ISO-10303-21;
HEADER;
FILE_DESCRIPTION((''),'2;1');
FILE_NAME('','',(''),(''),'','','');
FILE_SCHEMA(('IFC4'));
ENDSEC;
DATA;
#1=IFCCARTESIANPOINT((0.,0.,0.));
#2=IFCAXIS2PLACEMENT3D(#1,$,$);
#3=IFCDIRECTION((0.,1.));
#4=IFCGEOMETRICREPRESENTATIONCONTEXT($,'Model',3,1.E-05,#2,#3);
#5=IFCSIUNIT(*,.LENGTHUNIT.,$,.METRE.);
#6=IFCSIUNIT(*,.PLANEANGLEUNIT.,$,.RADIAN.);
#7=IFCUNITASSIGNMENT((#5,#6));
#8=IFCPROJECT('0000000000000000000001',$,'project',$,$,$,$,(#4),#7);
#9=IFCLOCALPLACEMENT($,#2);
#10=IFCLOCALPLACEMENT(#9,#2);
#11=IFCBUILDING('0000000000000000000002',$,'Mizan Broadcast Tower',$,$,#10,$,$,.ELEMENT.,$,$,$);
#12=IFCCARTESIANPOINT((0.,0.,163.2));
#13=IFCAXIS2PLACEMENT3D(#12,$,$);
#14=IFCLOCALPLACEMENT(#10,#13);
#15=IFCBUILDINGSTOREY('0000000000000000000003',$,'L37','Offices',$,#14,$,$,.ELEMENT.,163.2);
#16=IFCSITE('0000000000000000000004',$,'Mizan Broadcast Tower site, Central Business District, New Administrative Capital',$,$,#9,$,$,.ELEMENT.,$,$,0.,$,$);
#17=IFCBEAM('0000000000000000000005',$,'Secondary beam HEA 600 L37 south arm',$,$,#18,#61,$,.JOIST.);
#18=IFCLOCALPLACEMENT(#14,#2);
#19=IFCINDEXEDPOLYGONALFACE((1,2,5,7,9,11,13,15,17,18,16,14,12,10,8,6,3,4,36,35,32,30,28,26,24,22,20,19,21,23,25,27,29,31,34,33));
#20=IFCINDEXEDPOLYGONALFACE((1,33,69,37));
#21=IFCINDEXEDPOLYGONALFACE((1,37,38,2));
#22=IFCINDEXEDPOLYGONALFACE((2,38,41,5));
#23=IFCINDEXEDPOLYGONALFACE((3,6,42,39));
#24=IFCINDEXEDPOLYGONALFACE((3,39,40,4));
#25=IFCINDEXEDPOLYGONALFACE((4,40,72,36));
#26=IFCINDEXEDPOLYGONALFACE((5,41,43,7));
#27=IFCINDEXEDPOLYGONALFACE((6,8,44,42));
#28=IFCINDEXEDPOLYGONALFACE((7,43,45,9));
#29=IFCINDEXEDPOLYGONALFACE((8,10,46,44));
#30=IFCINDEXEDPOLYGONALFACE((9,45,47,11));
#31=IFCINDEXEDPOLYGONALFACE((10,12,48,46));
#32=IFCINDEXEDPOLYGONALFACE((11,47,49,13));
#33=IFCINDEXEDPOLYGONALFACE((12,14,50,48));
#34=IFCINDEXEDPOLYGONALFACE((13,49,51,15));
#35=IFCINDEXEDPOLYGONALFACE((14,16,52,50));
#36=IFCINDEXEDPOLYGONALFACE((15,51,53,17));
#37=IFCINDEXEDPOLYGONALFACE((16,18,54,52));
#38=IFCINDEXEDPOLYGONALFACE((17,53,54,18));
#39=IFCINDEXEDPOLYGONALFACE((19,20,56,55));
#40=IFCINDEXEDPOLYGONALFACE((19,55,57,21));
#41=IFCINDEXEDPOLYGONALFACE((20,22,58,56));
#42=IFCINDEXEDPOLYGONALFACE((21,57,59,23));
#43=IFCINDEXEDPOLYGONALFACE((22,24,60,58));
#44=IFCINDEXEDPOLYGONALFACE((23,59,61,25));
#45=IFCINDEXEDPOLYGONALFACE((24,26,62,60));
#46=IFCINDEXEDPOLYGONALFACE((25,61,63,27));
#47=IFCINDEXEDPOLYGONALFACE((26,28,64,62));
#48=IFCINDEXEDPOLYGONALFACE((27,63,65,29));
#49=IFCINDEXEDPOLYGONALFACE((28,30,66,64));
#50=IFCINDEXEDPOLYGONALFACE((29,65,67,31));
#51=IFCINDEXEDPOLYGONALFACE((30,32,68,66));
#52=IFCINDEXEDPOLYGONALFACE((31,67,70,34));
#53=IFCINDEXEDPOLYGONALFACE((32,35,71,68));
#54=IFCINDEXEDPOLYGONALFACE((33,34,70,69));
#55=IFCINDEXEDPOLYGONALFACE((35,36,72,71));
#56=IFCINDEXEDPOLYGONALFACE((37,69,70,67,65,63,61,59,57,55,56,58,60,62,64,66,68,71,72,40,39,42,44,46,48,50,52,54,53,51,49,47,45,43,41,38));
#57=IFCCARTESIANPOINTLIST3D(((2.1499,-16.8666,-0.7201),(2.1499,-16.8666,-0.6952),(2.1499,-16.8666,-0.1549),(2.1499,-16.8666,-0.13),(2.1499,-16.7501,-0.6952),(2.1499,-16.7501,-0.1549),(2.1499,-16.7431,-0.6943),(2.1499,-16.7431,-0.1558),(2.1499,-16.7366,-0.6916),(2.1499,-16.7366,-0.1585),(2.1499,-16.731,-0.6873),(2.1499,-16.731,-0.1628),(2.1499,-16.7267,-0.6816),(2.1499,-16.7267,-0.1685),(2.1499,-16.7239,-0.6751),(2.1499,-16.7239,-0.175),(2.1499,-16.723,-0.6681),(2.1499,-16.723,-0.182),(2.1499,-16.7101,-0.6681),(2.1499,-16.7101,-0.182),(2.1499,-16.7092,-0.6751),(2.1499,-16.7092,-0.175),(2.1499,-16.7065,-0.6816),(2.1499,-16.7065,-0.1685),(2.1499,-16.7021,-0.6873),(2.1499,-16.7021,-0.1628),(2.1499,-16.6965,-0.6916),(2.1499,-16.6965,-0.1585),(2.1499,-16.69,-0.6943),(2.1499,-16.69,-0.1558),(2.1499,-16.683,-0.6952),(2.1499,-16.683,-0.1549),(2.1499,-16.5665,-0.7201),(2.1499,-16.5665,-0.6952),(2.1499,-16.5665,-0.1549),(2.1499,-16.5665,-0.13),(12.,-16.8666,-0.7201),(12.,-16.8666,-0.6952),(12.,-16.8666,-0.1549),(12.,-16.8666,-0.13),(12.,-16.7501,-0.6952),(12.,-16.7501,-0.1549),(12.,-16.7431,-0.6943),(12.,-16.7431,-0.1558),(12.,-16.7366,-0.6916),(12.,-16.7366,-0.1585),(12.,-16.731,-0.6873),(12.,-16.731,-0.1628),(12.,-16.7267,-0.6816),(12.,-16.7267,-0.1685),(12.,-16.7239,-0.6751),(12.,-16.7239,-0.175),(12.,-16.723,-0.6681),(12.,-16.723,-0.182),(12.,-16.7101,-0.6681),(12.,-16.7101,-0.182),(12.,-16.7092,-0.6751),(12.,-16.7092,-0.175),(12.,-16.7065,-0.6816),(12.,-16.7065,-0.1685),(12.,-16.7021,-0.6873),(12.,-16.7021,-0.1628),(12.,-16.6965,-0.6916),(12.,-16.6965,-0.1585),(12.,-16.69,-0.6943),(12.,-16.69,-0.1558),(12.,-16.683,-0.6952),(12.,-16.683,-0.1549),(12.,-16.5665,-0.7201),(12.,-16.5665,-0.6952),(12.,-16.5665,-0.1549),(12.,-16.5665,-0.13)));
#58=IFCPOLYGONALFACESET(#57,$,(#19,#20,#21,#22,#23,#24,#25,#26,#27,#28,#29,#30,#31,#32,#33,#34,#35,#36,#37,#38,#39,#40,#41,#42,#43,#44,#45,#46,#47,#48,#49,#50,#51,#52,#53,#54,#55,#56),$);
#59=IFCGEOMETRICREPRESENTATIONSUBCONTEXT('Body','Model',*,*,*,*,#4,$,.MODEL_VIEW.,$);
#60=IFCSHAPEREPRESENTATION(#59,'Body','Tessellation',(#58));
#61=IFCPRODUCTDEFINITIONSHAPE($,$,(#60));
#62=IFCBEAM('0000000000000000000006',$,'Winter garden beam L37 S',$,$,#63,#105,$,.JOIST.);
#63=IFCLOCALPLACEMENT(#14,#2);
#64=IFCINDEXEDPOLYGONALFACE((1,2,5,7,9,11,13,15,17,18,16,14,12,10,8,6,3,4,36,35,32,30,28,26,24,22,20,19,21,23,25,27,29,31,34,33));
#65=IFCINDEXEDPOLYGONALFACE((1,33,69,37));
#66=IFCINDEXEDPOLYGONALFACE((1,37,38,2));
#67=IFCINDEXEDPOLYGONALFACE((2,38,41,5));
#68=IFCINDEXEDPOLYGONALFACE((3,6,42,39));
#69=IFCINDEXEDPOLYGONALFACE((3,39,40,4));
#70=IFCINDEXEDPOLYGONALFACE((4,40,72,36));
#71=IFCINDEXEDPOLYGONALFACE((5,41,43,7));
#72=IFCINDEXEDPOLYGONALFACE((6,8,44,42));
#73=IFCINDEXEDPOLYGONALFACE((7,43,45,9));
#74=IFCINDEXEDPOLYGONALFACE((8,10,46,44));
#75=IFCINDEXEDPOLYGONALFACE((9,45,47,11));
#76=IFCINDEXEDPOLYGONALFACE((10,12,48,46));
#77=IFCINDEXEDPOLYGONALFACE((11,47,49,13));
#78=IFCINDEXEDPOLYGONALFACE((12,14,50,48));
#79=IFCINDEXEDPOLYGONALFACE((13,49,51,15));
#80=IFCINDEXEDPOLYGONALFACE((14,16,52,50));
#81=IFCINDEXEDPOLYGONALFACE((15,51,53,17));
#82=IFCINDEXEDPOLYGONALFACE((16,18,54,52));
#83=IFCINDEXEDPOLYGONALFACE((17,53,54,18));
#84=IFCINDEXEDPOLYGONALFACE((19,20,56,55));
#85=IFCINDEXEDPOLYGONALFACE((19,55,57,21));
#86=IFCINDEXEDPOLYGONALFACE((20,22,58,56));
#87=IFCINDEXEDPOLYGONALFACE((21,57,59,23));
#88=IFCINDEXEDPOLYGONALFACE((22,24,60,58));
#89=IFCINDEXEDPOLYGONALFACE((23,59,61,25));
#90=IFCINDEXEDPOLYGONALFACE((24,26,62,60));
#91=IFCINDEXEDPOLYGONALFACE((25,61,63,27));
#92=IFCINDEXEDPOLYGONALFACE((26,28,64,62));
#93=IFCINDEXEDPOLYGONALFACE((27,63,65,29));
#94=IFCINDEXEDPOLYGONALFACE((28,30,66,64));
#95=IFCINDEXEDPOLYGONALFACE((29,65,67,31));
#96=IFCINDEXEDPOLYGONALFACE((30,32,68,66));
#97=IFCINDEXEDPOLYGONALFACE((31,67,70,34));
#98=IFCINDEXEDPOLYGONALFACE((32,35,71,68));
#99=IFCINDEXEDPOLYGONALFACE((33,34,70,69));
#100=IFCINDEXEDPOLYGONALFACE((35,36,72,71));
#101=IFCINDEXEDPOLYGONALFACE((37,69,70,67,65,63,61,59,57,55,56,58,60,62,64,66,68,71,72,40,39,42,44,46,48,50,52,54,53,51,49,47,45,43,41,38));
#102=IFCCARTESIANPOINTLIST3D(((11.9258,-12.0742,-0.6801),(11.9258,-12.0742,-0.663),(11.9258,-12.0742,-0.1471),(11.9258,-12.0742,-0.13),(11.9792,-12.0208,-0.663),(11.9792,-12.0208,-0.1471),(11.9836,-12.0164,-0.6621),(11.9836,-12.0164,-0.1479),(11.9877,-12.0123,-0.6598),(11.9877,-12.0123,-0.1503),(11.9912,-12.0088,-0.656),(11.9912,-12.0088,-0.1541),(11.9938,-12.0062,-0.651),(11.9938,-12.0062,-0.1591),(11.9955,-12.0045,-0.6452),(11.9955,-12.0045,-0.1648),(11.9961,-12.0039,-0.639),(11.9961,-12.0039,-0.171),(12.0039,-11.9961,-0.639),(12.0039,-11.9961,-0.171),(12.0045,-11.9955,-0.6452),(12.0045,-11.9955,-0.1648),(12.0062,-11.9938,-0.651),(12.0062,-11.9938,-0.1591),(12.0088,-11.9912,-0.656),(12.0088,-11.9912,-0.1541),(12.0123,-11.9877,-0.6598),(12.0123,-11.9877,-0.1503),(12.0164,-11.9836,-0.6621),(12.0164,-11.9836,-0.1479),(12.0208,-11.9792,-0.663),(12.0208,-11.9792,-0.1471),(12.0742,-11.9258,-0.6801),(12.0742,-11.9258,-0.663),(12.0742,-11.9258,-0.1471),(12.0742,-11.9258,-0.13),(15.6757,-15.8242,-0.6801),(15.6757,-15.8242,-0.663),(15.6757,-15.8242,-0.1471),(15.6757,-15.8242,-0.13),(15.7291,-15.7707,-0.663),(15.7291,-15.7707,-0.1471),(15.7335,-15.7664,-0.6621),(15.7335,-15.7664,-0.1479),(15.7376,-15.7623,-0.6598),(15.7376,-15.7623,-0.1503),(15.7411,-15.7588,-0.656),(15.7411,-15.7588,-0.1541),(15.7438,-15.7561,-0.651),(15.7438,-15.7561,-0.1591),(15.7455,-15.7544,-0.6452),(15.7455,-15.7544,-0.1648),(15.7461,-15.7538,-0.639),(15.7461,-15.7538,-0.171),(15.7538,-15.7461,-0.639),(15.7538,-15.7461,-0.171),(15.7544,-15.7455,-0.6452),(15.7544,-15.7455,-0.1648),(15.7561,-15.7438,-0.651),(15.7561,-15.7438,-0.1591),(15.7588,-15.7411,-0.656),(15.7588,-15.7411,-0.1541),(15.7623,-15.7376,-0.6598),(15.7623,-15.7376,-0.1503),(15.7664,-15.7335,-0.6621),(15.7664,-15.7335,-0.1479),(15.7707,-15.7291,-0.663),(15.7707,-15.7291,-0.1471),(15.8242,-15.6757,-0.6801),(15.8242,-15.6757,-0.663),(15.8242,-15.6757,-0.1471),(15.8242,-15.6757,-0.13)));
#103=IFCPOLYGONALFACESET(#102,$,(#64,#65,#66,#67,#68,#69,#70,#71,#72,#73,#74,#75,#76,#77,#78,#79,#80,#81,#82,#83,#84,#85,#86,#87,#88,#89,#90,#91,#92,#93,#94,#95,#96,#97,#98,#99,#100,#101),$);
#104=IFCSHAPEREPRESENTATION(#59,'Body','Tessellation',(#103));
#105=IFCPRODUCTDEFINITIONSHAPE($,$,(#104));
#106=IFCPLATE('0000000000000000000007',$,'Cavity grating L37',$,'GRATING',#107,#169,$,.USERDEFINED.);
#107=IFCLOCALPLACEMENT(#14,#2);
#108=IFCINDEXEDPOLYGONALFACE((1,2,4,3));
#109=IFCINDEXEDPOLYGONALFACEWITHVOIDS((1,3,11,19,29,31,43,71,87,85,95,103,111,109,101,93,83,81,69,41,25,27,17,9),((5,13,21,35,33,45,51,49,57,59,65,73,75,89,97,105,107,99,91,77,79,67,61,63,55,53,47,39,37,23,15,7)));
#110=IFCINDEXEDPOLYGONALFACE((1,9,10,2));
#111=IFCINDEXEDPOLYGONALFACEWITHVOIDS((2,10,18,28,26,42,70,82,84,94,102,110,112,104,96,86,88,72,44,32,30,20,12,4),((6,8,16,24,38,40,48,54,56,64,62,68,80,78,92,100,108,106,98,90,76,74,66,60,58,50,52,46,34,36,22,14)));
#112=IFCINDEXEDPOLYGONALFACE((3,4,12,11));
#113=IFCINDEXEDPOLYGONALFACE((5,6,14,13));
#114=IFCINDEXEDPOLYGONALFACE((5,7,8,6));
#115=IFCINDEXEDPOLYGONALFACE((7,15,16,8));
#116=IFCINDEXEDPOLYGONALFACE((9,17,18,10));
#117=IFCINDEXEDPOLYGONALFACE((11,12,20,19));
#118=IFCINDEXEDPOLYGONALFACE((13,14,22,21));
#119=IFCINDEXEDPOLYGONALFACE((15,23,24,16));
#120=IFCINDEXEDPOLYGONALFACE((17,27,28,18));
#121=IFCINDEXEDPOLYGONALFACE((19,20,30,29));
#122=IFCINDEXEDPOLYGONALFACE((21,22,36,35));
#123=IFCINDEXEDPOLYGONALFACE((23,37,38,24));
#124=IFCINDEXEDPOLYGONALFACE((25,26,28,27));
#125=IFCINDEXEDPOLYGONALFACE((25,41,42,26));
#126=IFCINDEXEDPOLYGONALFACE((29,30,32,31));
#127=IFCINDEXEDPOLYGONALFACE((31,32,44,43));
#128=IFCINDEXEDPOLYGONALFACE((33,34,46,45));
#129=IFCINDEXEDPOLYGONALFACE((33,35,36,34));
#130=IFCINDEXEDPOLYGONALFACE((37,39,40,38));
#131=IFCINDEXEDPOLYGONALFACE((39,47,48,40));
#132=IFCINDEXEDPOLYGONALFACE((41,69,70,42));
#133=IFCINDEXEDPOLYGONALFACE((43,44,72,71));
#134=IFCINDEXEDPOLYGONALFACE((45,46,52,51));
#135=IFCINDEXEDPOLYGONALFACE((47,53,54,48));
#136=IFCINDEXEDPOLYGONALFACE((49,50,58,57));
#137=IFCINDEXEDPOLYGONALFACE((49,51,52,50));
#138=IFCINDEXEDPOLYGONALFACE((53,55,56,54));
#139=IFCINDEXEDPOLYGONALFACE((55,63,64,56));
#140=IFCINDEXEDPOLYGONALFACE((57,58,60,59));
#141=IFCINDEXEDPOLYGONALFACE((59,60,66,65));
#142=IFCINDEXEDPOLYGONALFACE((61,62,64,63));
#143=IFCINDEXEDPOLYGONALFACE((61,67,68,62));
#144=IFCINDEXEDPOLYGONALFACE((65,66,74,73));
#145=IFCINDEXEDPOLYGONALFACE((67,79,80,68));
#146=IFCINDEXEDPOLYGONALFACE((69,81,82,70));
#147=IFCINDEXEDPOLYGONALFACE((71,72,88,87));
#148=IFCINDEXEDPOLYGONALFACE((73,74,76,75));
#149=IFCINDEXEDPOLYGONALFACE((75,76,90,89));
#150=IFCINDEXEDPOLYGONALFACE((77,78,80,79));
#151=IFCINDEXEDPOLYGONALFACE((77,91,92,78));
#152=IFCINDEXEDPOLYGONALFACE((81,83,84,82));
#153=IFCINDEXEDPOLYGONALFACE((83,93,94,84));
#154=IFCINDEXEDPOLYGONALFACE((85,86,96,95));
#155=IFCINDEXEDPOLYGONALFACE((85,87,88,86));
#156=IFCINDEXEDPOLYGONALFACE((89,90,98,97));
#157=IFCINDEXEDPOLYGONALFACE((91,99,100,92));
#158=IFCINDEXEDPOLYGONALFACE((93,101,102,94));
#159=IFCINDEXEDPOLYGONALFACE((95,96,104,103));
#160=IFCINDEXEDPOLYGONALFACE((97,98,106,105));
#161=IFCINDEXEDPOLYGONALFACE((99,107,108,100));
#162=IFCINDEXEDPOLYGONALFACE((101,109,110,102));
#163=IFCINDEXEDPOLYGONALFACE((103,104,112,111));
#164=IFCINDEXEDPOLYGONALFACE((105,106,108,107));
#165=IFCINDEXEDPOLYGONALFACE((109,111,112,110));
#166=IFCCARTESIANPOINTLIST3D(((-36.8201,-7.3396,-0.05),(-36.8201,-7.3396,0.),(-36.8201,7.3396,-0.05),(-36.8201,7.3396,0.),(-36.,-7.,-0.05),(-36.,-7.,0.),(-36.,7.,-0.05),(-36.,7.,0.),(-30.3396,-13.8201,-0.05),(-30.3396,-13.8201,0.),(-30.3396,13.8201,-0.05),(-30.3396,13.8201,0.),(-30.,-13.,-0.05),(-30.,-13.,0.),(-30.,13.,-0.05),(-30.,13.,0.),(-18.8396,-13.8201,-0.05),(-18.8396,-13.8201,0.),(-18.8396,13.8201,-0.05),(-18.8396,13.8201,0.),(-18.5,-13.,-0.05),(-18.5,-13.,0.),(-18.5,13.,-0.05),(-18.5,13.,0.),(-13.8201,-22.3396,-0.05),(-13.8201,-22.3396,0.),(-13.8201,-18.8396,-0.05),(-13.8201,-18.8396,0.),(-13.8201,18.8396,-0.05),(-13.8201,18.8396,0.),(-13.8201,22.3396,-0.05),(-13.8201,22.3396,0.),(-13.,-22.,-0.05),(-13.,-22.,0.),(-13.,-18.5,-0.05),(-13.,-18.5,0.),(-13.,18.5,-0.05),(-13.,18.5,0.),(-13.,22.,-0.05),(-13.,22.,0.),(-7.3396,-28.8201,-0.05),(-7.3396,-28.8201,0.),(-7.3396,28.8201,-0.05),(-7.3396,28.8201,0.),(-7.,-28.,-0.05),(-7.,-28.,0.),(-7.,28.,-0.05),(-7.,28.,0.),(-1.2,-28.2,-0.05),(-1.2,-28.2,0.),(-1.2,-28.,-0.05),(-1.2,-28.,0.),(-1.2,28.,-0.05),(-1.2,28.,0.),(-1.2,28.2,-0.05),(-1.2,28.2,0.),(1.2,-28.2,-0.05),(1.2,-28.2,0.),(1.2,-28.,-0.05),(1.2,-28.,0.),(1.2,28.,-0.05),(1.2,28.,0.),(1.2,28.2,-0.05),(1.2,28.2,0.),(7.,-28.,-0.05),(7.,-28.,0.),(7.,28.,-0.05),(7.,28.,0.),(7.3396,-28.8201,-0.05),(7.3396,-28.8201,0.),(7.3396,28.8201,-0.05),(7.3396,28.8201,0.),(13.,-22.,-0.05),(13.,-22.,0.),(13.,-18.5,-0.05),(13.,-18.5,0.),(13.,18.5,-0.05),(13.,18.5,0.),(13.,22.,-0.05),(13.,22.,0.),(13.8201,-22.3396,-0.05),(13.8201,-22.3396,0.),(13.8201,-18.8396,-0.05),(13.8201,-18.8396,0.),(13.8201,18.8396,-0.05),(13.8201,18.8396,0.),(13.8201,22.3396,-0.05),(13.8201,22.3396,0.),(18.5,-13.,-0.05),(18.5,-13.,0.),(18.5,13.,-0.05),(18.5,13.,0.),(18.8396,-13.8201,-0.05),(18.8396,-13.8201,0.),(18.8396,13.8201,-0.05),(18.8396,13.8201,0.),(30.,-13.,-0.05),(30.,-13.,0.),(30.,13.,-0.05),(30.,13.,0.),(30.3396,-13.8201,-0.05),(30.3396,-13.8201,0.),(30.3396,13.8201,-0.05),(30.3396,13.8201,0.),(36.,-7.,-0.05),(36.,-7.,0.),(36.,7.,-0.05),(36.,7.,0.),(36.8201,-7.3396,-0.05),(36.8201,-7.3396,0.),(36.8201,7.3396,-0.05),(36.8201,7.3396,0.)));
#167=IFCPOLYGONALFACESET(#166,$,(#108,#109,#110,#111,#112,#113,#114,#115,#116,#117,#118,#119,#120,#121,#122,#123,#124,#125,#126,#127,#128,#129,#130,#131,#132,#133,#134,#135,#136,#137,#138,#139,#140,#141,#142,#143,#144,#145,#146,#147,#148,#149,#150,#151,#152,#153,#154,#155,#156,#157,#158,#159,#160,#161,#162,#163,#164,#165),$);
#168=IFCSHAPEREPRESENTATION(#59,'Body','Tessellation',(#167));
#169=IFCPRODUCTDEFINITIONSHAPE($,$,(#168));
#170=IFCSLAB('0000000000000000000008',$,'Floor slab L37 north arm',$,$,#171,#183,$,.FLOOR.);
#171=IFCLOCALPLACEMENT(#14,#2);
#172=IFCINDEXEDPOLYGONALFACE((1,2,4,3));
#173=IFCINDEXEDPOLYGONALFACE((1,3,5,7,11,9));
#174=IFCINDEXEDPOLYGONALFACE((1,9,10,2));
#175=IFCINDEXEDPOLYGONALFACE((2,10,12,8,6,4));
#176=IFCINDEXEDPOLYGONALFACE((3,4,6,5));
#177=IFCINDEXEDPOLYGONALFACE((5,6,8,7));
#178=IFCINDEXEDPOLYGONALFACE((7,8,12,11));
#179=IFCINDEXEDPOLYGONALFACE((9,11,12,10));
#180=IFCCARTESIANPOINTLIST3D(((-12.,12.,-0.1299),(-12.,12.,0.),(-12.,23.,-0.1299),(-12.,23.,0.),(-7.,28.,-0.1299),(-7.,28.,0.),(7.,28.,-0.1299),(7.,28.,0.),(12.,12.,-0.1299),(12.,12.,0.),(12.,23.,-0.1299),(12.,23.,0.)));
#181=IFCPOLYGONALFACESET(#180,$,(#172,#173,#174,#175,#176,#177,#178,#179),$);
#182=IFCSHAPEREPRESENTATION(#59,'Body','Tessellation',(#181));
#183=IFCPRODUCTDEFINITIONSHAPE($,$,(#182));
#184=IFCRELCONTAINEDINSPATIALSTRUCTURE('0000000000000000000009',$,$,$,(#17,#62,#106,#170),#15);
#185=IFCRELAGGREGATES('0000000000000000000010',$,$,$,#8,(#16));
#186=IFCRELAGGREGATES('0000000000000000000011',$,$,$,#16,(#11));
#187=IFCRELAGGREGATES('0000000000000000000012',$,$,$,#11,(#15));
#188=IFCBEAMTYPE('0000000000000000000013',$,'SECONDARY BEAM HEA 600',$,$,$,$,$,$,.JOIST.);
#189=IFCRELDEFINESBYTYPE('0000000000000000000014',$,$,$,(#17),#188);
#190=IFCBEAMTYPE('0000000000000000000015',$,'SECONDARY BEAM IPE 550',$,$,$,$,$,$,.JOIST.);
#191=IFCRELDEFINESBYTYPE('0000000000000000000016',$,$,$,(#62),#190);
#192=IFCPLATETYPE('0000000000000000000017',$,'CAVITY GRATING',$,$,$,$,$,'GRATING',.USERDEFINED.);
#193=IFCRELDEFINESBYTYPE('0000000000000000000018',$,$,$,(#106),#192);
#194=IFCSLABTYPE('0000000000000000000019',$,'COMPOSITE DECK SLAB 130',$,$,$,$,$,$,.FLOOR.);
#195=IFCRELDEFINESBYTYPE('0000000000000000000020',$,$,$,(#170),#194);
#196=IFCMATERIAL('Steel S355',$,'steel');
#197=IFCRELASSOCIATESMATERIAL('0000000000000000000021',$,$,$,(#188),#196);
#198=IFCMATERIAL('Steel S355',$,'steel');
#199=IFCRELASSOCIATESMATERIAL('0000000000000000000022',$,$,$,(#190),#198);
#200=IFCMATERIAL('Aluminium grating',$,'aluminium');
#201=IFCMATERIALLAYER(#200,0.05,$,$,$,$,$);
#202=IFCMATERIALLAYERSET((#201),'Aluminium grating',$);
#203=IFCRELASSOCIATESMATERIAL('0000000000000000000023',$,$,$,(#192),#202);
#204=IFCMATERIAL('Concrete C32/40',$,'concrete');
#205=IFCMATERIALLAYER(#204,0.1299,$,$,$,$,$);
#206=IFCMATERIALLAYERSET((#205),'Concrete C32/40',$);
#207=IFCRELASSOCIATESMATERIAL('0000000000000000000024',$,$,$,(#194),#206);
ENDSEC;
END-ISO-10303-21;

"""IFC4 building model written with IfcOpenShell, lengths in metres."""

from ifc_helpers import new_model, si_unit, direction, frame, origin, origin_2d, place, context, subcontext, project, spatial, polyline, i_section, outline, extrude, material, layer, layer_set, material_profile, profile_set, type_object, element, save


model = new_model("IFC4")

# Units and contexts
model_context = context("Model", 3, precision=1e-05, world=origin(), true_north=direction((0.0, 1.0)))
body_context = subcontext(model_context, "Body", "Model", "MODEL_VIEW")
ifc_project = project(units=[si_unit("LENGTHUNIT", "METRE"), si_unit("PLANEANGLEUNIT", "RADIAN")], contexts=[model_context])

# Site, building, storey
site_placement = place(None, origin())
site = spatial("IfcSite", under=ifc_project, at=site_placement, Name="Mizan Broadcast Tower site, Central Business District, New Administrative Capital", CompositionType="ELEMENT", RefElevation=0.0)
building_placement = place(site_placement, origin())
building = spatial("IfcBuilding", under=site, at=building_placement, Name="Mizan Broadcast Tower", CompositionType="ELEMENT")
storey_placement = place(building_placement, frame((0.0, 0.0, 163.2)))
storey = spatial("IfcBuildingStorey", under=building, at=storey_placement, Name="L37", Description="Offices", CompositionType="ELEMENT", Elevation=163.2)

# Beams
ifc_material_1 = material(Name="Steel S355", Category="steel")
ifc_material_profile_1 = material_profile(ifc_material_1, i_section(OverallWidth=0.3, OverallDepth=0.5901, WebThickness=0.0129, FlangeThickness=0.0249, FilletRadius=0.0271, at=origin_2d()), Name="HEA 600")
ifc_profile_set_1 = profile_set([ifc_material_profile_1], Name="Steel S355")
beam_type_1 = type_object("IfcBeamType", Name="SECONDARY BEAM HEA 600", PredefinedType="JOIST", material=ifc_profile_set_1)
for number, where, z_axis, x_axis, name in (
    (1, (12.0, -16.7166, -0.425), (-1.0, 0.0, 0.0), (0.0, -1.0, 0.0), "Secondary beam HEA 600 L37 south arm"),
):
    element("IfcBeam", number, at=place(storey_placement, frame(where, z_axis=z_axis, x_axis=x_axis)), inside=storey, type_object=beam_type_1, Name=name, PredefinedType="JOIST", context=body_context, shape_type="SweptSolid", body=[
        extrude(i_section(OverallWidth=0.3, OverallDepth=0.5901, WebThickness=0.0129, FlangeThickness=0.0249, FilletRadius=0.0271, at=origin_2d()), origin(), (0.0, 0.0, 1.0), 9.8501),
    ])
ifc_material_2 = material(Name="Steel S355", Category="steel")
ifc_material_profile_2 = material_profile(ifc_material_2, i_section(OverallWidth=0.21, OverallDepth=0.55, WebThickness=0.011, FlangeThickness=0.0171, FilletRadius=0.0239, at=origin_2d()), Name="IPE 550")
ifc_profile_set_2 = profile_set([ifc_material_profile_2], Name="Steel S355")
beam_type_2 = type_object("IfcBeamType", Name="SECONDARY BEAM IPE 550", PredefinedType="JOIST", material=ifc_profile_set_2)
beam_1_placement = place(storey_placement, frame((12.0, -12.0, -0.405), z_axis=(0.707107, -0.707107, 0.0), x_axis=(0.707107, 0.707107, 0.0)))
element("IfcBeam", 2, at=beam_1_placement, inside=storey, type_object=beam_type_2, Name="Winter garden beam L37 S", PredefinedType="JOIST", context=body_context, shape_type="SweptSolid", body=[
    extrude(i_section(OverallWidth=0.21, OverallDepth=0.55, WebThickness=0.011, FlangeThickness=0.0171, FilletRadius=0.0239, at=origin_2d()), origin(), (0.0, 0.0, 1.0), 5.3032),
])

# Plate
ifc_material_3 = material(Name="Aluminium grating", Category="aluminium")
ifc_layer_1 = layer(ifc_material_3, 0.05)
ifc_layer_set_1 = layer_set([ifc_layer_1], Name="Aluminium grating")
plate_type = type_object("IfcPlateType", Name="CAVITY GRATING", ElementType="GRATING", PredefinedType="USERDEFINED", material=ifc_layer_set_1)
plate_placement = place(storey_placement, frame((0.0, 0.0, -0.05)))
element("IfcPlate", 3, at=plate_placement, inside=storey, type_object=plate_type, Name="Cavity grating L37", ObjectType="GRATING", PredefinedType="USERDEFINED", context=body_context, shape_type="SweptSolid", body=[
    extrude(outline(polyline([(13.8201, -18.8396), (18.8396, -13.8201), (30.3396, -13.8201), (36.8201, -7.3396), (36.8201, 7.3396), (30.3396, 13.8201), (18.8396, 13.8201), (13.8201, 18.8396), (13.8201, 22.3396), (7.3396, 28.8201), (-7.3396, 28.8201), (-13.8201, 22.3396), (-13.8201, 18.8396), (-18.8396, 13.8201), (-30.3396, 13.8201), (-36.8201, 7.3396), (-36.8201, -7.3396), (-30.3396, -13.8201), (-18.8396, -13.8201), (-13.8201, -18.8396), (-13.8201, -22.3396), (-7.3396, -28.8201), (7.3396, -28.8201), (13.8201, -22.3396), (13.8201, -18.8396)]), holes=[polyline([(36.0, 7.0), (36.0, -7.0), (30.0, -13.0), (18.5, -13.0), (13.0, -18.5), (13.0, -22.0), (7.0, -28.0), (1.2, -28.0), (1.2, -28.2), (-1.2, -28.2), (-1.2, -28.0), (-7.0, -28.0), (-13.0, -22.0), (-13.0, -18.5), (-18.5, -13.0), (-30.0, -13.0), (-36.0, -7.0), (-36.0, 7.0), (-30.0, 13.0), (-18.5, 13.0), (-13.0, 18.5), (-13.0, 22.0), (-7.0, 28.0), (-1.2, 28.0), (-1.2, 28.2), (1.2, 28.2), (1.2, 28.0), (7.0, 28.0), (13.0, 22.0), (13.0, 18.5), (18.5, 13.0), (30.0, 13.0), (36.0, 7.0)])]), origin(), (0.0, 0.0, 1.0), 0.05),
])

# Slab
ifc_material_4 = material(Name="Concrete C32/40", Category="concrete")
ifc_layer_2 = layer(ifc_material_4, 0.1299)
ifc_layer_set_2 = layer_set([ifc_layer_2], Name="Concrete C32/40")
slab_type_1 = type_object("IfcSlabType", Name="COMPOSITE DECK SLAB 130", PredefinedType="FLOOR", material=ifc_layer_set_2)
slab_1_placement = place(storey_placement, frame((0.0, 0.0, -0.1299)))
element("IfcSlab", 4, at=slab_1_placement, inside=storey, type_object=slab_type_1, Name="Floor slab L37 north arm", PredefinedType="FLOOR", context=body_context, shape_type="SweptSolid", body=[
    extrude(outline(polyline([(-7.0, 28.0), (-12.0, 23.0), (-12.0, 12.0), (12.0, 12.0), (12.0, 23.0), (7.0, 28.0), (-7.0, 28.0)])), origin(), (0.0, 0.0, 1.0), 0.1299),
])

save(model, "model.ifc")
